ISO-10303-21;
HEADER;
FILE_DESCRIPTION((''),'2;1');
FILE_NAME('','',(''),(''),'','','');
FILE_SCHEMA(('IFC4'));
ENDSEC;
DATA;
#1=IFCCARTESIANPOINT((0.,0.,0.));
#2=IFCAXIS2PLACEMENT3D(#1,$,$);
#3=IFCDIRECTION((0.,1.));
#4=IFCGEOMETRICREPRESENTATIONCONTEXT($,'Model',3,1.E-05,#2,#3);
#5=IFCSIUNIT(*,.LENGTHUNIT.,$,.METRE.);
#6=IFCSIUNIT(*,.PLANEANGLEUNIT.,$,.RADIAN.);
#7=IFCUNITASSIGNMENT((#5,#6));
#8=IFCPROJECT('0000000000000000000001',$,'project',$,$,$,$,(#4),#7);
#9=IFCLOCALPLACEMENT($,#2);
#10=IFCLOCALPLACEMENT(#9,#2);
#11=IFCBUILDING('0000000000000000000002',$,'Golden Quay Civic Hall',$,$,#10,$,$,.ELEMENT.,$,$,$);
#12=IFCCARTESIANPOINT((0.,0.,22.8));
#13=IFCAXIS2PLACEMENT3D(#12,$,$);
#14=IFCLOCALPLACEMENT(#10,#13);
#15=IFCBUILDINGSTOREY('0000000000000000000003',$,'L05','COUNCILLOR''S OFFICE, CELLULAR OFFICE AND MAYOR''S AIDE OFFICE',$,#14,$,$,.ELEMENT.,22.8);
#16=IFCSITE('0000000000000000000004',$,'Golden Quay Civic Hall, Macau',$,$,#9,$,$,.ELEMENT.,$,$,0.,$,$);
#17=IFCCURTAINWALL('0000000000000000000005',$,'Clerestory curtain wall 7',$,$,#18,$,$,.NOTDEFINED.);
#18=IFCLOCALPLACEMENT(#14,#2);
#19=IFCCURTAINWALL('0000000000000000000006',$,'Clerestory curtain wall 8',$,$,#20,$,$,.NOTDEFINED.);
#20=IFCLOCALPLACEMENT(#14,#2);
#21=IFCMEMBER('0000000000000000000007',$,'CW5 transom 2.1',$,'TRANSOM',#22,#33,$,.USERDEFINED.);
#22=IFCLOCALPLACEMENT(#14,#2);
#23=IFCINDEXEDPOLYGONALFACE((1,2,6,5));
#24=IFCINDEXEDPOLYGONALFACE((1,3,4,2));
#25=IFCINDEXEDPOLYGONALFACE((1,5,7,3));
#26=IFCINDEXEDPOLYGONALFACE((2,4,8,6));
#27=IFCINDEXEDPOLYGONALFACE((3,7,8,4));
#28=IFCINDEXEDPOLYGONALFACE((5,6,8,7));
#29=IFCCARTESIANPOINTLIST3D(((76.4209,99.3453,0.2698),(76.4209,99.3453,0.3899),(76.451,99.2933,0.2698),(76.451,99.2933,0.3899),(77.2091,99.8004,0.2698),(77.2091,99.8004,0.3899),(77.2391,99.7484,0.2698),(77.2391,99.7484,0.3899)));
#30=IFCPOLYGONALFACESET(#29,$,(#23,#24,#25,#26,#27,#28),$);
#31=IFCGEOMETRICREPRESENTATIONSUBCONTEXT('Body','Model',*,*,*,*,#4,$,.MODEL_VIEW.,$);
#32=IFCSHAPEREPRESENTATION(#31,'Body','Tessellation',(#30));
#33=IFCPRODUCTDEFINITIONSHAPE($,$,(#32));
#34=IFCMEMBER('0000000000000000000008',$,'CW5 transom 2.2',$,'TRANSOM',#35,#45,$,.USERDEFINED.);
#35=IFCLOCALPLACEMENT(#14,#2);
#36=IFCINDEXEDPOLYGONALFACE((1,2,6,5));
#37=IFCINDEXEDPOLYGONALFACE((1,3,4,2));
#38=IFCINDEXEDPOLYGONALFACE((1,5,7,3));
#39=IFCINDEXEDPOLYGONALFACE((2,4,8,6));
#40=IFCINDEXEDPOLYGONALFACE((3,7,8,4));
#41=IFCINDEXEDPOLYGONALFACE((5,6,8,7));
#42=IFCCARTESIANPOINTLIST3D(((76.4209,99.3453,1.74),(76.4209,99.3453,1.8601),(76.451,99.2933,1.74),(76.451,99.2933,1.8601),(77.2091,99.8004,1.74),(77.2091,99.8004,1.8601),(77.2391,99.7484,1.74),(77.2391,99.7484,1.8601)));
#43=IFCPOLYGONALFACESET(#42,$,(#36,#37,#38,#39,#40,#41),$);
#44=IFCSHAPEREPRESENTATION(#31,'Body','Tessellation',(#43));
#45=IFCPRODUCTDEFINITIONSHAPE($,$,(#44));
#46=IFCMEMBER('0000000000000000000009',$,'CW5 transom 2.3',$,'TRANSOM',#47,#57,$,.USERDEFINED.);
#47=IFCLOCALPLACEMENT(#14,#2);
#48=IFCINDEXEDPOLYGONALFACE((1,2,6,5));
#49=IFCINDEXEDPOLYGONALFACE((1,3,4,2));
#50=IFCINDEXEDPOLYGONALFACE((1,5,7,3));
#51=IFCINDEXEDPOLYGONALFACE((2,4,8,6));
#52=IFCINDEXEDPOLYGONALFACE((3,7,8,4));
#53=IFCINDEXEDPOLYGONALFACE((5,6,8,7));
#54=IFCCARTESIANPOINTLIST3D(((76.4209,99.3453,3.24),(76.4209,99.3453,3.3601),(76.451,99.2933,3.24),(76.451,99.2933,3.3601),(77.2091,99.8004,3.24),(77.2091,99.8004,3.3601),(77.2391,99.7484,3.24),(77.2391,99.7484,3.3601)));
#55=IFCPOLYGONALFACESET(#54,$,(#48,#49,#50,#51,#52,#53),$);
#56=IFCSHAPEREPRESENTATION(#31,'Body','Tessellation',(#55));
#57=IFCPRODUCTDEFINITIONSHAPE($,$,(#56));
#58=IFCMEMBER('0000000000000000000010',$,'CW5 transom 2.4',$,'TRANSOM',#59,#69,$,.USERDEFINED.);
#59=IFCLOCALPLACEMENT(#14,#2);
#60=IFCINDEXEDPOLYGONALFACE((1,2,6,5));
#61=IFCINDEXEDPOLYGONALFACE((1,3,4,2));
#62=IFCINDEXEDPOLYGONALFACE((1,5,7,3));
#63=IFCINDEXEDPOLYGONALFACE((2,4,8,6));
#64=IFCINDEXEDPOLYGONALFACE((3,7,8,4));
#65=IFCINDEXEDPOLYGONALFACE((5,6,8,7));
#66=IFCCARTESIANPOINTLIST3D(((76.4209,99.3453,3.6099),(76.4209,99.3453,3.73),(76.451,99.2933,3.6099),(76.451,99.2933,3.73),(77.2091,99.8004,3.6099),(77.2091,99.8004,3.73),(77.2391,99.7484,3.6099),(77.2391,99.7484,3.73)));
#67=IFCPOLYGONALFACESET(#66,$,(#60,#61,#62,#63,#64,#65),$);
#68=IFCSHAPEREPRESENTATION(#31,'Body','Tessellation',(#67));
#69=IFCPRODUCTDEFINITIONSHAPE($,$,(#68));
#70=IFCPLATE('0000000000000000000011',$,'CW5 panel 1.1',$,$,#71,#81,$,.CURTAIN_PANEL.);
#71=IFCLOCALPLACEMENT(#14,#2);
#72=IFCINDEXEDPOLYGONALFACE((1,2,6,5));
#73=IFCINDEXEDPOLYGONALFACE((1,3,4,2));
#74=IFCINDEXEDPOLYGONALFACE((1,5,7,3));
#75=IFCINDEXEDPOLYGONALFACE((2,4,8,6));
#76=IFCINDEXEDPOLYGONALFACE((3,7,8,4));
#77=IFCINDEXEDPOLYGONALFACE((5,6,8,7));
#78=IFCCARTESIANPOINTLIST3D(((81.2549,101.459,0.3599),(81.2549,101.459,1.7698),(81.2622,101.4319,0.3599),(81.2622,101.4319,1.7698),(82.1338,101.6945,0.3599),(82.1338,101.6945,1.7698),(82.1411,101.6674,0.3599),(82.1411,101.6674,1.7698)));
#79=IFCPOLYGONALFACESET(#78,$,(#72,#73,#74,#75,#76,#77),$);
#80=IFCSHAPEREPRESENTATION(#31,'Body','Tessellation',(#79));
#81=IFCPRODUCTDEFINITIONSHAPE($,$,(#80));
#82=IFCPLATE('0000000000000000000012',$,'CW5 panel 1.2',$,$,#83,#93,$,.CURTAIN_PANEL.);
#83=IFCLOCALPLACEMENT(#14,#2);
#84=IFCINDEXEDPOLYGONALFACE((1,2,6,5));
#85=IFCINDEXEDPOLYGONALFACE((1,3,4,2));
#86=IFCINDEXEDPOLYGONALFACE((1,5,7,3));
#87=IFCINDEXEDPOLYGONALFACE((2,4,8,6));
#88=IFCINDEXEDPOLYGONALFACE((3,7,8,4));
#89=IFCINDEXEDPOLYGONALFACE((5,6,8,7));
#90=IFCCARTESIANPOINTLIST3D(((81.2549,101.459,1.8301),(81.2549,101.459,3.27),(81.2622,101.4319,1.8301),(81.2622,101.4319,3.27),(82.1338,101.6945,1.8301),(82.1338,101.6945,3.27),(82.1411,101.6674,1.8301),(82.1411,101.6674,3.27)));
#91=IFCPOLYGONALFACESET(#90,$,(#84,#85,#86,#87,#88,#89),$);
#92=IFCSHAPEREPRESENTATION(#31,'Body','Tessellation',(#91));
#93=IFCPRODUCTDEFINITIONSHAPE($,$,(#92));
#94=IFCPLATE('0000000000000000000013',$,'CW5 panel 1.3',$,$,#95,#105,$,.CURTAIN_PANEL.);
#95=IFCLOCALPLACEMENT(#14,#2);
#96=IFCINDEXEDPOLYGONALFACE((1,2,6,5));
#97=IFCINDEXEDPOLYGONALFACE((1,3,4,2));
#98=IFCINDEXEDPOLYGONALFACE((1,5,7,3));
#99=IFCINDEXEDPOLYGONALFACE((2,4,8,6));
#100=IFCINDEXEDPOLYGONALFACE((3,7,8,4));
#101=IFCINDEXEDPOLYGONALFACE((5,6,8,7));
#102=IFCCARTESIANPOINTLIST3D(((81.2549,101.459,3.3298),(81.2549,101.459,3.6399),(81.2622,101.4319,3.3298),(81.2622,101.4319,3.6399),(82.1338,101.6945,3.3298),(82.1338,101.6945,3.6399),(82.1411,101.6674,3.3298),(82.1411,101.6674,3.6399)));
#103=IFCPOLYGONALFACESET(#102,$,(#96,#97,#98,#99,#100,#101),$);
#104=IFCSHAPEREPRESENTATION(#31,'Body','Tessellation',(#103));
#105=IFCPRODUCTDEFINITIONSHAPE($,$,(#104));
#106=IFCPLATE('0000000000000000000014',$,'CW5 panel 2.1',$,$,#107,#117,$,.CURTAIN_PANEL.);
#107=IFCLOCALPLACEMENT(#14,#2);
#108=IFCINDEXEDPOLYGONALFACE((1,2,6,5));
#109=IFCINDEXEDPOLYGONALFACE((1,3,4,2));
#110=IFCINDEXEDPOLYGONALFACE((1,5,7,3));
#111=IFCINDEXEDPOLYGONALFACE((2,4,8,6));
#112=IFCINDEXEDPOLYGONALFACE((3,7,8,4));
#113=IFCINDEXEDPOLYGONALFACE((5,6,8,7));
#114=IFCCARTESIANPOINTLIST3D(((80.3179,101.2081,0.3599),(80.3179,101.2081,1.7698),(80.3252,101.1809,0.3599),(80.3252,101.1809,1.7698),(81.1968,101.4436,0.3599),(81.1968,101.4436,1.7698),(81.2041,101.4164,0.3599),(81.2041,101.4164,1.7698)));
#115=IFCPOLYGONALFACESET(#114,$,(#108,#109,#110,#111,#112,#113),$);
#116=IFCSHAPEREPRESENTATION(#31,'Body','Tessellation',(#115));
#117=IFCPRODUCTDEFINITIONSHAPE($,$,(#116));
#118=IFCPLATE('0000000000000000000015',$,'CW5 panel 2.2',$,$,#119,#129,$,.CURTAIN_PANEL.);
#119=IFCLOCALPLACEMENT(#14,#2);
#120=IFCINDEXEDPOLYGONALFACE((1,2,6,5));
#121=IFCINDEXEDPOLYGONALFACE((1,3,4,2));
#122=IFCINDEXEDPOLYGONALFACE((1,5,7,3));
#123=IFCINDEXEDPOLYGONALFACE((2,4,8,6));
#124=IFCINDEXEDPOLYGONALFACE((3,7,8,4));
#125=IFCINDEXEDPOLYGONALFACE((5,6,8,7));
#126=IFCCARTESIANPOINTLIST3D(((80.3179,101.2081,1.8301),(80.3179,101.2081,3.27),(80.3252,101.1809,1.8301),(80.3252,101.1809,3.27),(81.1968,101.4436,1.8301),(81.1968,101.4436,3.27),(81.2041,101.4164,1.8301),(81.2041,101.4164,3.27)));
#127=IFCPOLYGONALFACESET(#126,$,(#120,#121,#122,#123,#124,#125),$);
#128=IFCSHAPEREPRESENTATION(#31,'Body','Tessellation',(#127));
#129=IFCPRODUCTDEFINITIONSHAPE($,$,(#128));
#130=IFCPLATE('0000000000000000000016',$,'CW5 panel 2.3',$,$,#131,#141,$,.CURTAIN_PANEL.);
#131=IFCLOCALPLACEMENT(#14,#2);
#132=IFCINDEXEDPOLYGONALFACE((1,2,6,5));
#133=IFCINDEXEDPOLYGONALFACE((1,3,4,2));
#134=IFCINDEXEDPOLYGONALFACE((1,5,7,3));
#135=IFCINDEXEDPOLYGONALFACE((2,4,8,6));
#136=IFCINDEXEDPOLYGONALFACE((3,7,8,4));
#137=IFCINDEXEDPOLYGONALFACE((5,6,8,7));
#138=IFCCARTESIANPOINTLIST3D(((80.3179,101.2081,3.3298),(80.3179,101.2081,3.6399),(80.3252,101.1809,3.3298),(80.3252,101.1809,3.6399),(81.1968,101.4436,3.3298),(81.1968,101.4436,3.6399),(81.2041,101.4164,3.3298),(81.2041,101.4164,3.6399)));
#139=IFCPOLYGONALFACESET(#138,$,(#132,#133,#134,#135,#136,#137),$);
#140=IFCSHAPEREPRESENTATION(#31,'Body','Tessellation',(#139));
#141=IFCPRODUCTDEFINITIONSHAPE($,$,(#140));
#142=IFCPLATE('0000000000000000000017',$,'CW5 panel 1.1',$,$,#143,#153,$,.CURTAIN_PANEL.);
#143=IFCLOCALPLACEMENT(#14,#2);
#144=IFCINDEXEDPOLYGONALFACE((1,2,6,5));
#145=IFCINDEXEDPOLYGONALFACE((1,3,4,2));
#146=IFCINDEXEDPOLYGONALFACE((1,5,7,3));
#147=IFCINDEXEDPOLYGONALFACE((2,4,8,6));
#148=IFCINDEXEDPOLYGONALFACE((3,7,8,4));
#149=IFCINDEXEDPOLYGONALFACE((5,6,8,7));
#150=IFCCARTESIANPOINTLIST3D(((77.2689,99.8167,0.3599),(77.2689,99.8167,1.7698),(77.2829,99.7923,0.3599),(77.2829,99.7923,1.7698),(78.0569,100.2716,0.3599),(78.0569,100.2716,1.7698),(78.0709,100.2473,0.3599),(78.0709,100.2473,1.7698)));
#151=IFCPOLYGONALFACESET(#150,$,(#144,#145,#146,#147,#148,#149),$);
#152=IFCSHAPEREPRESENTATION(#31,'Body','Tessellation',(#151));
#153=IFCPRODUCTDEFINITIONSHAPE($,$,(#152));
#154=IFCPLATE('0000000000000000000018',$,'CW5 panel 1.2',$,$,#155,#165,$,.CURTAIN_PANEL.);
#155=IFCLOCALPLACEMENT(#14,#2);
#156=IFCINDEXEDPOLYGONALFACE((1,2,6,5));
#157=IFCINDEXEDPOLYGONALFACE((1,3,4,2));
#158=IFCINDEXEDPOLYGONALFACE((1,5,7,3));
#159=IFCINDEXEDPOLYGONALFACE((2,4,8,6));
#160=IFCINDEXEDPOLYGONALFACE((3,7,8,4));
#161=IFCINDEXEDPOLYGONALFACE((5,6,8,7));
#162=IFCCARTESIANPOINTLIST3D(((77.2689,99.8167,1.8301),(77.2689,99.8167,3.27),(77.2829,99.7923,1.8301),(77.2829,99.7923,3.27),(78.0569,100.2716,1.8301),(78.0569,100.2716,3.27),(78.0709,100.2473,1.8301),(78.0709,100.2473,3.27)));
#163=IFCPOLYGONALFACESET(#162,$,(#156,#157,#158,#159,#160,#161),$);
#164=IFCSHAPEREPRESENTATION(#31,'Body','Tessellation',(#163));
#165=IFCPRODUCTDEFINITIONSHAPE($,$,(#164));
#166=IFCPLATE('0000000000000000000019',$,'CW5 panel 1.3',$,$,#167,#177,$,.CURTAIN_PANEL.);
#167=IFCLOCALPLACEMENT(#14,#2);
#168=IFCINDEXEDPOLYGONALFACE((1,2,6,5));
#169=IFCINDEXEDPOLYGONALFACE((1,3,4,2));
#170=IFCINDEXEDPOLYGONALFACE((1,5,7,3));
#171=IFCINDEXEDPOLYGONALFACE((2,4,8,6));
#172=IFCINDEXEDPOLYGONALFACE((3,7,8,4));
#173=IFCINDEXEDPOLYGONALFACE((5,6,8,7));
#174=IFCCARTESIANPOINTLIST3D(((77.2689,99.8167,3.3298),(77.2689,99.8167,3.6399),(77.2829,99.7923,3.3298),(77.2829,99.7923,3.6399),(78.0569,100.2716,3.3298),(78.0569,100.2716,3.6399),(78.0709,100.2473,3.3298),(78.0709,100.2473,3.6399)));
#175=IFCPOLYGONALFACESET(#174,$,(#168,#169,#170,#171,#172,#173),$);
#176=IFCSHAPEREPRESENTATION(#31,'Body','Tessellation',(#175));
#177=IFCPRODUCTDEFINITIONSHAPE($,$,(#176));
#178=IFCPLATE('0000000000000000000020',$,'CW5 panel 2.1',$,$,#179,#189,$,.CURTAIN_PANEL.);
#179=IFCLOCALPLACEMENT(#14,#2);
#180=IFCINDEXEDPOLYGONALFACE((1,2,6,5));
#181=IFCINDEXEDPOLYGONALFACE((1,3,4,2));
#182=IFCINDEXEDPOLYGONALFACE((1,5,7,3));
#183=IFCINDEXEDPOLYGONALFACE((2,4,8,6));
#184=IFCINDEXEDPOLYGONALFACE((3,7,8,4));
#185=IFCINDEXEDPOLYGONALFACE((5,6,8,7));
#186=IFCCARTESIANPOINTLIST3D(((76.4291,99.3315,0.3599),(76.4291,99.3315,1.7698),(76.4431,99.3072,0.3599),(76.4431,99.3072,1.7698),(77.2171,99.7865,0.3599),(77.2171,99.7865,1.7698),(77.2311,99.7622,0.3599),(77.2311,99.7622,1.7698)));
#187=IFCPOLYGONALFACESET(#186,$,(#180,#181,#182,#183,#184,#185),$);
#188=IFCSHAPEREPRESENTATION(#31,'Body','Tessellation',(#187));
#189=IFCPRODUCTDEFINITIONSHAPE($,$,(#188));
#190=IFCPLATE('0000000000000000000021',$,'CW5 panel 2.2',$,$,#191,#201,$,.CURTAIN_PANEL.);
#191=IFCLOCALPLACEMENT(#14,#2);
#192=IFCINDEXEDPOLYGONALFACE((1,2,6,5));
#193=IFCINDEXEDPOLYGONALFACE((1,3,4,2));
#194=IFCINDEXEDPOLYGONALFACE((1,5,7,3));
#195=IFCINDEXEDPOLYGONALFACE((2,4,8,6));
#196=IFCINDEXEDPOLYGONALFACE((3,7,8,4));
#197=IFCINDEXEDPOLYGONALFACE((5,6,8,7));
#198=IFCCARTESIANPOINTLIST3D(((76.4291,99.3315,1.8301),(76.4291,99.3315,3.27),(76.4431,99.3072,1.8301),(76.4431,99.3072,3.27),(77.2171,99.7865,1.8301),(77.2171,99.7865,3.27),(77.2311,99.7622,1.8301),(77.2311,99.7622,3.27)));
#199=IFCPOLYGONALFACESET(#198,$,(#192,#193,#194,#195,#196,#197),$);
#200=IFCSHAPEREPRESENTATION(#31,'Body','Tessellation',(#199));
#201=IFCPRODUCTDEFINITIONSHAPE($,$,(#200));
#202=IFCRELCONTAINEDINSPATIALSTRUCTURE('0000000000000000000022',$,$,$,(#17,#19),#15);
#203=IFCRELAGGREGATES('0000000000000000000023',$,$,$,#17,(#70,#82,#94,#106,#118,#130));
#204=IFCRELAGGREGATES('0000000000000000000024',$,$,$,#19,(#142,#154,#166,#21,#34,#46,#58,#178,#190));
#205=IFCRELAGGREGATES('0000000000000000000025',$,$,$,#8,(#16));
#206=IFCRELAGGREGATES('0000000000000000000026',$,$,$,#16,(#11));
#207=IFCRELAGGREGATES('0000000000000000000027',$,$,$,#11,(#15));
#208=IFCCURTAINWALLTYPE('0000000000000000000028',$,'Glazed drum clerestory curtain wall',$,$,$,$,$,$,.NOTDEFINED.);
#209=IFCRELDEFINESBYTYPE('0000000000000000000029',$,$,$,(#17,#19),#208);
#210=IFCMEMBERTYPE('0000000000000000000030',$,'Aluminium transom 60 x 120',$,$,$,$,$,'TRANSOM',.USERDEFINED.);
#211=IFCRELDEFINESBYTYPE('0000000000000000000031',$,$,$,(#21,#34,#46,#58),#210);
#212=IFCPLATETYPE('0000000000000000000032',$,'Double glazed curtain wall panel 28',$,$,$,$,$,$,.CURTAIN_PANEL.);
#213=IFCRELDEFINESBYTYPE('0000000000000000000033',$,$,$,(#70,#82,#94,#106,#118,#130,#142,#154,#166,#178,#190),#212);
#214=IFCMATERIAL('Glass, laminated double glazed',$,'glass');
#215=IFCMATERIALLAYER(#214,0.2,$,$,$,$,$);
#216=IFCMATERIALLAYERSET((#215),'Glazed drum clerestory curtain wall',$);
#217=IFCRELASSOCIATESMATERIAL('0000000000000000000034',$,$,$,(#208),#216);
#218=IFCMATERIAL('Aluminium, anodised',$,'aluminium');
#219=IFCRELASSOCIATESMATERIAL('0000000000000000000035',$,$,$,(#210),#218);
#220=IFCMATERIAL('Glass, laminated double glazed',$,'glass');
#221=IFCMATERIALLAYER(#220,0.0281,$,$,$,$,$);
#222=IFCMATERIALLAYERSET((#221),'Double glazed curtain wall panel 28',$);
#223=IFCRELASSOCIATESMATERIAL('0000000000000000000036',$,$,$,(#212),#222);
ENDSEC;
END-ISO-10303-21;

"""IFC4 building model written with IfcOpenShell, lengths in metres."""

from ifc_helpers import new_model, si_unit, direction, frame, origin, origin_2d, place, context, subcontext, project, spatial, rectangle, extrude, material, layer, layer_set, material_profile, profile_set, type_object, element, aggregate, save


model = new_model("IFC4")

# Units and contexts
model_context = context("Model", 3, precision=1e-05, world=origin(), true_north=direction((0.0, 1.0)))
body_context = subcontext(model_context, "Body", "Model", "MODEL_VIEW")
ifc_project = project(units=[si_unit("LENGTHUNIT", "METRE"), si_unit("PLANEANGLEUNIT", "RADIAN")], contexts=[model_context])

# Site, building, storey
site_placement = place(None, origin())
site = spatial("IfcSite", under=ifc_project, at=site_placement, Name="Golden Quay Civic Hall, Macau", CompositionType="ELEMENT", RefElevation=0.0)
building_placement = place(site_placement, origin())
building = spatial("IfcBuilding", under=site, at=building_placement, Name="Golden Quay Civic Hall", CompositionType="ELEMENT")
storey_placement = place(building_placement, frame((0.0, 0.0, 22.8)))
storey = spatial("IfcBuildingStorey", under=building, at=storey_placement, Name="L05", Description="COUNCILLOR'S OFFICE, CELLULAR OFFICE AND MAYOR'S AIDE OFFICE", CompositionType="ELEMENT", Elevation=22.8)

# Curtain walls
ifc_material_1 = material(Name="Glass, laminated double glazed", Category="glass")
ifc_layer_1 = layer(ifc_material_1, 0.2)
ifc_layer_set_1 = layer_set([ifc_layer_1], Name="Glazed drum clerestory curtain wall")
curtain_wall_type = type_object("IfcCurtainWallType", Name="Glazed drum clerestory curtain wall", PredefinedType="NOTDEFINED", material=ifc_layer_set_1)
curtain_wall_1_placement = place(storey_placement, origin())
curtain_wall_1 = element("IfcCurtainWall", 1, at=curtain_wall_1_placement, inside=storey, type_object=curtain_wall_type, Name="Clerestory curtain wall 7", PredefinedType="NOTDEFINED")
curtain_wall_2_placement = place(storey_placement, origin())
curtain_wall_2 = element("IfcCurtainWall", 2, at=curtain_wall_2_placement, inside=storey, type_object=curtain_wall_type, Name="Clerestory curtain wall 8", PredefinedType="NOTDEFINED")

# Members
ifc_material_2 = material(Name="Aluminium, anodised", Category="aluminium")
ifc_material_profile_1 = material_profile(ifc_material_2, rectangle(XDim=0.0601, YDim=0.1201, at=origin_2d()), Name="Aluminium 60 x 120")
ifc_profile_set_1 = profile_set([ifc_material_profile_1], Name="Aluminium, anodised")
member_type_1 = type_object("IfcMemberType", Name="Aluminium transom 60 x 120", ElementType="TRANSOM", PredefinedType="USERDEFINED", material=ifc_profile_set_1)
member_1_placement = place(storey_placement, frame((77.2241, 99.7744, 0.3298), z_axis=(-0.865989, -0.500063, 0.0), x_axis=(0.500063, -0.865989, 0.0)))
member_1 = element("IfcMember", 3, at=member_1_placement, type_object=member_type_1, Name="CW5 transom 2.1", ObjectType="TRANSOM", PredefinedType="USERDEFINED", context=body_context, shape_type="SweptSolid", body=[
    extrude(rectangle(XDim=0.0601, YDim=0.1201, at=origin_2d()), origin(), (0.0, 0.0, 1.0), 0.9102),
])
member_2_placement = place(storey_placement, frame((77.2241, 99.7744, 1.8), z_axis=(-0.865989, -0.500063, 0.0), x_axis=(0.500063, -0.865989, 0.0)))
member_2 = element("IfcMember", 4, at=member_2_placement, type_object=member_type_1, Name="CW5 transom 2.2", ObjectType="TRANSOM", PredefinedType="USERDEFINED", context=body_context, shape_type="SweptSolid", body=[
    extrude(rectangle(XDim=0.0601, YDim=0.1201, at=origin_2d()), origin(), (0.0, 0.0, 1.0), 0.9102),
])
member_3_placement = place(storey_placement, frame((77.2241, 99.7744, 3.3), z_axis=(-0.865989, -0.500063, 0.0), x_axis=(0.500063, -0.865989, 0.0)))
member_3 = element("IfcMember", 5, at=member_3_placement, type_object=member_type_1, Name="CW5 transom 2.3", ObjectType="TRANSOM", PredefinedType="USERDEFINED", context=body_context, shape_type="SweptSolid", body=[
    extrude(rectangle(XDim=0.0601, YDim=0.1201, at=origin_2d()), origin(), (0.0, 0.0, 1.0), 0.9102),
])
member_4_placement = place(storey_placement, frame((77.2241, 99.7744, 3.6699), z_axis=(-0.865989, -0.500063, 0.0), x_axis=(0.500063, -0.865989, 0.0)))
member_4 = element("IfcMember", 6, at=member_4_placement, type_object=member_type_1, Name="CW5 transom 2.4", ObjectType="TRANSOM", PredefinedType="USERDEFINED", context=body_context, shape_type="SweptSolid", body=[
    extrude(rectangle(XDim=0.0601, YDim=0.1201, at=origin_2d()), origin(), (0.0, 0.0, 1.0), 0.9102),
])

# Plates
ifc_material_3 = material(Name="Glass, laminated double glazed", Category="glass")
ifc_layer_2 = layer(ifc_material_3, 0.0281)
ifc_layer_set_2 = layer_set([ifc_layer_2], Name="Double glazed curtain wall panel 28")
plate_type = type_object("IfcPlateType", Name="Double glazed curtain wall panel 28", PredefinedType="CURTAIN_PANEL", material=ifc_layer_set_2)
plate_1_placement = place(storey_placement, frame((81.698, 101.5632, 0.3599), z_axis=(0.0, 0.0, 1.0), x_axis=(-0.965929, -0.258808, 0.0)))
plate_1 = element("IfcPlate", 7, at=plate_1_placement, type_object=plate_type, Name="CW5 panel 1.1", PredefinedType="CURTAIN_PANEL", context=body_context, shape_type="SweptSolid", body=[
    extrude(rectangle(XDim=0.9099, YDim=0.0281, at=origin_2d()), origin(), (0.0, 0.0, 1.0), 1.4099),
])
plate_2_placement = place(storey_placement, frame((81.698, 101.5632, 1.8301), z_axis=(0.0, 0.0, 1.0), x_axis=(-0.965929, -0.258808, 0.0)))
plate_2 = element("IfcPlate", 8, at=plate_2_placement, type_object=plate_type, Name="CW5 panel 1.2", PredefinedType="CURTAIN_PANEL", context=body_context, shape_type="SweptSolid", body=[
    extrude(rectangle(XDim=0.9099, YDim=0.0281, at=origin_2d()), origin(), (0.0, 0.0, 1.0), 1.4399),
])
plate_3_placement = place(storey_placement, frame((81.698, 101.5632, 3.3298), z_axis=(0.0, 0.0, 1.0), x_axis=(-0.965929, -0.258808, 0.0)))
plate_3 = element("IfcPlate", 9, at=plate_3_placement, type_object=plate_type, Name="CW5 panel 1.3", PredefinedType="CURTAIN_PANEL", context=body_context, shape_type="SweptSolid", body=[
    extrude(rectangle(XDim=0.9099, YDim=0.0281, at=origin_2d()), origin(), (0.0, 0.0, 1.0), 0.3101),
])
plate_4_placement = place(storey_placement, frame((80.761, 101.3123, 0.3599), z_axis=(0.0, 0.0, 1.0), x_axis=(-0.965929, -0.258808, 0.0)))
plate_4 = element("IfcPlate", 10, at=plate_4_placement, type_object=plate_type, Name="CW5 panel 2.1", PredefinedType="CURTAIN_PANEL", context=body_context, shape_type="SweptSolid", body=[
    extrude(rectangle(XDim=0.9099, YDim=0.0281, at=origin_2d()), origin(), (0.0, 0.0, 1.0), 1.4099),
])
plate_5_placement = place(storey_placement, frame((80.761, 101.3123, 1.8301), z_axis=(0.0, 0.0, 1.0), x_axis=(-0.965929, -0.258808, 0.0)))
plate_5 = element("IfcPlate", 11, at=plate_5_placement, type_object=plate_type, Name="CW5 panel 2.2", PredefinedType="CURTAIN_PANEL", context=body_context, shape_type="SweptSolid", body=[
    extrude(rectangle(XDim=0.9099, YDim=0.0281, at=origin_2d()), origin(), (0.0, 0.0, 1.0), 1.4399),
])
plate_6_placement = place(storey_placement, frame((80.761, 101.3123, 3.3298), z_axis=(0.0, 0.0, 1.0), x_axis=(-0.965929, -0.258808, 0.0)))
plate_6 = element("IfcPlate", 12, at=plate_6_placement, type_object=plate_type, Name="CW5 panel 2.3", PredefinedType="CURTAIN_PANEL", context=body_context, shape_type="SweptSolid", body=[
    extrude(rectangle(XDim=0.9099, YDim=0.0281, at=origin_2d()), origin(), (0.0, 0.0, 1.0), 0.3101),
])
aggregate(curtain_wall_1, [plate_1, plate_2, plate_3, plate_4, plate_5, plate_6])
plate_7_placement = place(storey_placement, frame((77.6699, 100.032, 0.3599), z_axis=(0.0, 0.0, 1.0), x_axis=(-0.866019, -0.500011, 0.0)))
plate_7 = element("IfcPlate", 13, at=plate_7_placement, type_object=plate_type, Name="CW5 panel 1.1", PredefinedType="CURTAIN_PANEL", context=body_context, shape_type="SweptSolid", body=[
    extrude(rectangle(XDim=0.9099, YDim=0.0281, at=origin_2d()), origin(), (0.0, 0.0, 1.0), 1.4099),
])
plate_8_placement = place(storey_placement, frame((77.6699, 100.032, 1.8301), z_axis=(0.0, 0.0, 1.0), x_axis=(-0.866019, -0.500011, 0.0)))
plate_8 = element("IfcPlate", 14, at=plate_8_placement, type_object=plate_type, Name="CW5 panel 1.2", PredefinedType="CURTAIN_PANEL", context=body_context, shape_type="SweptSolid", body=[
    extrude(rectangle(XDim=0.9099, YDim=0.0281, at=origin_2d()), origin(), (0.0, 0.0, 1.0), 1.4399),
])
plate_9_placement = place(storey_placement, frame((77.6699, 100.032, 3.3298), z_axis=(0.0, 0.0, 1.0), x_axis=(-0.866019, -0.500011, 0.0)))
plate_9 = element("IfcPlate", 15, at=plate_9_placement, type_object=plate_type, Name="CW5 panel 1.3", PredefinedType="CURTAIN_PANEL", context=body_context, shape_type="SweptSolid", body=[
    extrude(rectangle(XDim=0.9099, YDim=0.0281, at=origin_2d()), origin(), (0.0, 0.0, 1.0), 0.3101),
])
plate_10_placement = place(storey_placement, frame((76.8301, 99.5469, 0.3599), z_axis=(0.0, 0.0, 1.0), x_axis=(-0.866019, -0.500011, 0.0)))
plate_10 = element("IfcPlate", 16, at=plate_10_placement, type_object=plate_type, Name="CW5 panel 2.1", PredefinedType="CURTAIN_PANEL", context=body_context, shape_type="SweptSolid", body=[
    extrude(rectangle(XDim=0.9099, YDim=0.0281, at=origin_2d()), origin(), (0.0, 0.0, 1.0), 1.4099),
])
plate_11_placement = place(storey_placement, frame((76.8301, 99.5469, 1.8301), z_axis=(0.0, 0.0, 1.0), x_axis=(-0.866019, -0.500011, 0.0)))
plate_11 = element("IfcPlate", 17, at=plate_11_placement, type_object=plate_type, Name="CW5 panel 2.2", PredefinedType="CURTAIN_PANEL", context=body_context, shape_type="SweptSolid", body=[
    extrude(rectangle(XDim=0.9099, YDim=0.0281, at=origin_2d()), origin(), (0.0, 0.0, 1.0), 1.4399),
])
aggregate(curtain_wall_2, [plate_7, plate_8, plate_9, member_1, member_2, member_3, member_4, plate_10, plate_11])

save(model, "model.ifc")
